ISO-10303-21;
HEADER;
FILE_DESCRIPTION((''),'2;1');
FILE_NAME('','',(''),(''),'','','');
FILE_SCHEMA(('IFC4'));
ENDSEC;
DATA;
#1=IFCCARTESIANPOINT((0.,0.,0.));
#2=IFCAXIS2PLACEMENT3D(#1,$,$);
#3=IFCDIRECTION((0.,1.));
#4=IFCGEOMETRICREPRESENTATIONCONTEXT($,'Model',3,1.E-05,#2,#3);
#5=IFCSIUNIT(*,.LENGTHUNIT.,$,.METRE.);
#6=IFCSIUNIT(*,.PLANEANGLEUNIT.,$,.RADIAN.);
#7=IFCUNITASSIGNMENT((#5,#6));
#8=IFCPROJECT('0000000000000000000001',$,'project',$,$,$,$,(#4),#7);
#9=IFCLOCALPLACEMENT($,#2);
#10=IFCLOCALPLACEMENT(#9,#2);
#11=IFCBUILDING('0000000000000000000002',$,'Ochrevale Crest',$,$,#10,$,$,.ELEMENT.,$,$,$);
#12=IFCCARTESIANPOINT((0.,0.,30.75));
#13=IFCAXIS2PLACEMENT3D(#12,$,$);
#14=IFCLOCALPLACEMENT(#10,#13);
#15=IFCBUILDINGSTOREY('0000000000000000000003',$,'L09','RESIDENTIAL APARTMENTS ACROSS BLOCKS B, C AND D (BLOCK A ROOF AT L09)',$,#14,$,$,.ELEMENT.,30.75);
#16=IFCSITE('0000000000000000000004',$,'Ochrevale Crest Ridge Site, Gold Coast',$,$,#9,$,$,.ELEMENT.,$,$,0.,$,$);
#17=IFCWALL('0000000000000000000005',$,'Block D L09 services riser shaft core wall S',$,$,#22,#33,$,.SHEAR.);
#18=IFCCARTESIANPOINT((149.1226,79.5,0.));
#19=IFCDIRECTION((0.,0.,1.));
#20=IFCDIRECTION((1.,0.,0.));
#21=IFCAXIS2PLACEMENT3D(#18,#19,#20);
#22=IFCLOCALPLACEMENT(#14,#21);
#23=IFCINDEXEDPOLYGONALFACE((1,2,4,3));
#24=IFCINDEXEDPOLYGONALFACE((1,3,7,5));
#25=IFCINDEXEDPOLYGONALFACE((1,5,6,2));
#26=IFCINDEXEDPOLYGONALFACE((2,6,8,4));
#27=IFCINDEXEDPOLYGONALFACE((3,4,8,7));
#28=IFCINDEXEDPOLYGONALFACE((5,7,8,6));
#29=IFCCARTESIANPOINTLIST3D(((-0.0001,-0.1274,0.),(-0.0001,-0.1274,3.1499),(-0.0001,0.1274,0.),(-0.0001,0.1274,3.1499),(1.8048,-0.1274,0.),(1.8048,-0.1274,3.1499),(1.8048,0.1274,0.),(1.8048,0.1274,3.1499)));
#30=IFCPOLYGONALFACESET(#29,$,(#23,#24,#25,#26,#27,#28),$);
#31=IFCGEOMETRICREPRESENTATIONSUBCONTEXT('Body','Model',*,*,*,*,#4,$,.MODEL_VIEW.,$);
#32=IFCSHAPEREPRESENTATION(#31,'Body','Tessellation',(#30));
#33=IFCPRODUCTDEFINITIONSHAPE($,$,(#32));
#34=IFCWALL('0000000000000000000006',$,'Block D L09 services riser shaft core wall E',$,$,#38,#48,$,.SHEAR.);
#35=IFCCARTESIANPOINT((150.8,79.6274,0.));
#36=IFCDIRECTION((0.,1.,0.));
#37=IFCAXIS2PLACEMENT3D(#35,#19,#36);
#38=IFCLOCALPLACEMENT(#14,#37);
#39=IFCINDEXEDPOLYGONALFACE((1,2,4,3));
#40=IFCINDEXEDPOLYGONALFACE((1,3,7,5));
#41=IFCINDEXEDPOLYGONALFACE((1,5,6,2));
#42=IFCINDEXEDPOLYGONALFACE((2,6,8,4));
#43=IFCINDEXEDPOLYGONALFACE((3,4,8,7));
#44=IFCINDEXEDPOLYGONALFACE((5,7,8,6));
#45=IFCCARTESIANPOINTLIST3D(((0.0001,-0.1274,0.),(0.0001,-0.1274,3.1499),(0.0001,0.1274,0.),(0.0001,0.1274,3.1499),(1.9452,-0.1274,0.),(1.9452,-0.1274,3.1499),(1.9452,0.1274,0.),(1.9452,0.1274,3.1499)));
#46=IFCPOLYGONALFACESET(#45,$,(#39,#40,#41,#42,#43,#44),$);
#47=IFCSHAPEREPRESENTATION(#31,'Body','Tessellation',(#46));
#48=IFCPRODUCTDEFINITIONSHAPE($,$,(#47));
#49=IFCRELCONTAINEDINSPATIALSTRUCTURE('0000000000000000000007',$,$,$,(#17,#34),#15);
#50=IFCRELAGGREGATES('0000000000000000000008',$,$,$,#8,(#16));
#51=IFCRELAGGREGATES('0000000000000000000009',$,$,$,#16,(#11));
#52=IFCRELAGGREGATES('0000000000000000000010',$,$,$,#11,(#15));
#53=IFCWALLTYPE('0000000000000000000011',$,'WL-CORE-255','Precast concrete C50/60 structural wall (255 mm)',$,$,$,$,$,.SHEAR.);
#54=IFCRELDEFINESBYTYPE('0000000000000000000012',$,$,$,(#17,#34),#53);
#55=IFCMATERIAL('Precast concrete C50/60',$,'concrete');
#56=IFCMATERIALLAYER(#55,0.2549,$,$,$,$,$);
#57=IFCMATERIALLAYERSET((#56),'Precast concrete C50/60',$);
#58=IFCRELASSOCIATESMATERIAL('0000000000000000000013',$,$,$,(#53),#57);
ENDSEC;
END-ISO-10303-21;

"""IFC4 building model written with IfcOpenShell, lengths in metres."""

from ifc_helpers import new_model, si_unit, direction, frame, frame_2d, origin, place, context, subcontext, project, spatial, rectangle, extrude, material, layer, layer_set, type_object, element, save


model = new_model("IFC4")

# Units and contexts
model_context = context("Model", 3, precision=1e-05, world=origin(), true_north=direction((0.0, 1.0)))
body_context = subcontext(model_context, "Body", "Model", "MODEL_VIEW")
ifc_project = project(units=[si_unit("LENGTHUNIT", "METRE"), si_unit("PLANEANGLEUNIT", "RADIAN")], contexts=[model_context])

# Site, building, storey
site_placement = place(None, origin())
site = spatial("IfcSite", under=ifc_project, at=site_placement, Name="Ochrevale Crest Ridge Site, Gold Coast", CompositionType="ELEMENT", RefElevation=0.0)
building_placement = place(site_placement, origin())
building = spatial("IfcBuilding", under=site, at=building_placement, Name="Ochrevale Crest", CompositionType="ELEMENT")
storey_placement = place(building_placement, frame((0.0, 0.0, 30.75)))
storey = spatial("IfcBuildingStorey", under=building, at=storey_placement, Name="L09", Description="RESIDENTIAL APARTMENTS ACROSS BLOCKS B, C AND D (BLOCK A ROOF AT L09)", CompositionType="ELEMENT", Elevation=30.75)

# Shared definitions
ifc_material_1 = material(Name="Precast concrete C50/60", Category="concrete")

# Walls
ifc_layer_1 = layer(ifc_material_1, 0.2549)
ifc_layer_set_1 = layer_set([ifc_layer_1], Name="Precast concrete C50/60")
wall_type_1 = type_object("IfcWallType", Name="WL-CORE-255", Description="Precast concrete C50/60 structural wall (255 mm)", PredefinedType="SHEAR", material=ifc_layer_set_1)
wall_1_placement = place(storey_placement, frame((149.1226, 79.5, 0.0), z_axis=(0.0, 0.0, 1.0), x_axis=(1.0, 0.0, 0.0)))
element("IfcWall", 1, at=wall_1_placement, inside=storey, type_object=wall_type_1, Name="Block D L09 services riser shaft core wall S", PredefinedType="SHEAR", context=body_context, shape_type="SweptSolid", body=[
    extrude(rectangle(XDim=1.8049, YDim=0.2549, at=frame_2d((0.9023, 0.0))), origin(), (0.0, 0.0, 1.0), 3.1499),
])
wall_2_placement = place(storey_placement, frame((150.8, 79.6274, 0.0), z_axis=(0.0, 0.0, 1.0), x_axis=(0.0, 1.0, 0.0)))
element("IfcWall", 2, at=wall_2_placement, inside=storey, type_object=wall_type_1, Name="Block D L09 services riser shaft core wall E", PredefinedType="SHEAR", context=body_context, shape_type="SweptSolid", body=[
    extrude(rectangle(XDim=1.9451, YDim=0.2549, at=frame_2d((0.9727, 0.0))), origin(), (0.0, 0.0, 1.0), 3.1499),
])

save(model, "model.ifc")
